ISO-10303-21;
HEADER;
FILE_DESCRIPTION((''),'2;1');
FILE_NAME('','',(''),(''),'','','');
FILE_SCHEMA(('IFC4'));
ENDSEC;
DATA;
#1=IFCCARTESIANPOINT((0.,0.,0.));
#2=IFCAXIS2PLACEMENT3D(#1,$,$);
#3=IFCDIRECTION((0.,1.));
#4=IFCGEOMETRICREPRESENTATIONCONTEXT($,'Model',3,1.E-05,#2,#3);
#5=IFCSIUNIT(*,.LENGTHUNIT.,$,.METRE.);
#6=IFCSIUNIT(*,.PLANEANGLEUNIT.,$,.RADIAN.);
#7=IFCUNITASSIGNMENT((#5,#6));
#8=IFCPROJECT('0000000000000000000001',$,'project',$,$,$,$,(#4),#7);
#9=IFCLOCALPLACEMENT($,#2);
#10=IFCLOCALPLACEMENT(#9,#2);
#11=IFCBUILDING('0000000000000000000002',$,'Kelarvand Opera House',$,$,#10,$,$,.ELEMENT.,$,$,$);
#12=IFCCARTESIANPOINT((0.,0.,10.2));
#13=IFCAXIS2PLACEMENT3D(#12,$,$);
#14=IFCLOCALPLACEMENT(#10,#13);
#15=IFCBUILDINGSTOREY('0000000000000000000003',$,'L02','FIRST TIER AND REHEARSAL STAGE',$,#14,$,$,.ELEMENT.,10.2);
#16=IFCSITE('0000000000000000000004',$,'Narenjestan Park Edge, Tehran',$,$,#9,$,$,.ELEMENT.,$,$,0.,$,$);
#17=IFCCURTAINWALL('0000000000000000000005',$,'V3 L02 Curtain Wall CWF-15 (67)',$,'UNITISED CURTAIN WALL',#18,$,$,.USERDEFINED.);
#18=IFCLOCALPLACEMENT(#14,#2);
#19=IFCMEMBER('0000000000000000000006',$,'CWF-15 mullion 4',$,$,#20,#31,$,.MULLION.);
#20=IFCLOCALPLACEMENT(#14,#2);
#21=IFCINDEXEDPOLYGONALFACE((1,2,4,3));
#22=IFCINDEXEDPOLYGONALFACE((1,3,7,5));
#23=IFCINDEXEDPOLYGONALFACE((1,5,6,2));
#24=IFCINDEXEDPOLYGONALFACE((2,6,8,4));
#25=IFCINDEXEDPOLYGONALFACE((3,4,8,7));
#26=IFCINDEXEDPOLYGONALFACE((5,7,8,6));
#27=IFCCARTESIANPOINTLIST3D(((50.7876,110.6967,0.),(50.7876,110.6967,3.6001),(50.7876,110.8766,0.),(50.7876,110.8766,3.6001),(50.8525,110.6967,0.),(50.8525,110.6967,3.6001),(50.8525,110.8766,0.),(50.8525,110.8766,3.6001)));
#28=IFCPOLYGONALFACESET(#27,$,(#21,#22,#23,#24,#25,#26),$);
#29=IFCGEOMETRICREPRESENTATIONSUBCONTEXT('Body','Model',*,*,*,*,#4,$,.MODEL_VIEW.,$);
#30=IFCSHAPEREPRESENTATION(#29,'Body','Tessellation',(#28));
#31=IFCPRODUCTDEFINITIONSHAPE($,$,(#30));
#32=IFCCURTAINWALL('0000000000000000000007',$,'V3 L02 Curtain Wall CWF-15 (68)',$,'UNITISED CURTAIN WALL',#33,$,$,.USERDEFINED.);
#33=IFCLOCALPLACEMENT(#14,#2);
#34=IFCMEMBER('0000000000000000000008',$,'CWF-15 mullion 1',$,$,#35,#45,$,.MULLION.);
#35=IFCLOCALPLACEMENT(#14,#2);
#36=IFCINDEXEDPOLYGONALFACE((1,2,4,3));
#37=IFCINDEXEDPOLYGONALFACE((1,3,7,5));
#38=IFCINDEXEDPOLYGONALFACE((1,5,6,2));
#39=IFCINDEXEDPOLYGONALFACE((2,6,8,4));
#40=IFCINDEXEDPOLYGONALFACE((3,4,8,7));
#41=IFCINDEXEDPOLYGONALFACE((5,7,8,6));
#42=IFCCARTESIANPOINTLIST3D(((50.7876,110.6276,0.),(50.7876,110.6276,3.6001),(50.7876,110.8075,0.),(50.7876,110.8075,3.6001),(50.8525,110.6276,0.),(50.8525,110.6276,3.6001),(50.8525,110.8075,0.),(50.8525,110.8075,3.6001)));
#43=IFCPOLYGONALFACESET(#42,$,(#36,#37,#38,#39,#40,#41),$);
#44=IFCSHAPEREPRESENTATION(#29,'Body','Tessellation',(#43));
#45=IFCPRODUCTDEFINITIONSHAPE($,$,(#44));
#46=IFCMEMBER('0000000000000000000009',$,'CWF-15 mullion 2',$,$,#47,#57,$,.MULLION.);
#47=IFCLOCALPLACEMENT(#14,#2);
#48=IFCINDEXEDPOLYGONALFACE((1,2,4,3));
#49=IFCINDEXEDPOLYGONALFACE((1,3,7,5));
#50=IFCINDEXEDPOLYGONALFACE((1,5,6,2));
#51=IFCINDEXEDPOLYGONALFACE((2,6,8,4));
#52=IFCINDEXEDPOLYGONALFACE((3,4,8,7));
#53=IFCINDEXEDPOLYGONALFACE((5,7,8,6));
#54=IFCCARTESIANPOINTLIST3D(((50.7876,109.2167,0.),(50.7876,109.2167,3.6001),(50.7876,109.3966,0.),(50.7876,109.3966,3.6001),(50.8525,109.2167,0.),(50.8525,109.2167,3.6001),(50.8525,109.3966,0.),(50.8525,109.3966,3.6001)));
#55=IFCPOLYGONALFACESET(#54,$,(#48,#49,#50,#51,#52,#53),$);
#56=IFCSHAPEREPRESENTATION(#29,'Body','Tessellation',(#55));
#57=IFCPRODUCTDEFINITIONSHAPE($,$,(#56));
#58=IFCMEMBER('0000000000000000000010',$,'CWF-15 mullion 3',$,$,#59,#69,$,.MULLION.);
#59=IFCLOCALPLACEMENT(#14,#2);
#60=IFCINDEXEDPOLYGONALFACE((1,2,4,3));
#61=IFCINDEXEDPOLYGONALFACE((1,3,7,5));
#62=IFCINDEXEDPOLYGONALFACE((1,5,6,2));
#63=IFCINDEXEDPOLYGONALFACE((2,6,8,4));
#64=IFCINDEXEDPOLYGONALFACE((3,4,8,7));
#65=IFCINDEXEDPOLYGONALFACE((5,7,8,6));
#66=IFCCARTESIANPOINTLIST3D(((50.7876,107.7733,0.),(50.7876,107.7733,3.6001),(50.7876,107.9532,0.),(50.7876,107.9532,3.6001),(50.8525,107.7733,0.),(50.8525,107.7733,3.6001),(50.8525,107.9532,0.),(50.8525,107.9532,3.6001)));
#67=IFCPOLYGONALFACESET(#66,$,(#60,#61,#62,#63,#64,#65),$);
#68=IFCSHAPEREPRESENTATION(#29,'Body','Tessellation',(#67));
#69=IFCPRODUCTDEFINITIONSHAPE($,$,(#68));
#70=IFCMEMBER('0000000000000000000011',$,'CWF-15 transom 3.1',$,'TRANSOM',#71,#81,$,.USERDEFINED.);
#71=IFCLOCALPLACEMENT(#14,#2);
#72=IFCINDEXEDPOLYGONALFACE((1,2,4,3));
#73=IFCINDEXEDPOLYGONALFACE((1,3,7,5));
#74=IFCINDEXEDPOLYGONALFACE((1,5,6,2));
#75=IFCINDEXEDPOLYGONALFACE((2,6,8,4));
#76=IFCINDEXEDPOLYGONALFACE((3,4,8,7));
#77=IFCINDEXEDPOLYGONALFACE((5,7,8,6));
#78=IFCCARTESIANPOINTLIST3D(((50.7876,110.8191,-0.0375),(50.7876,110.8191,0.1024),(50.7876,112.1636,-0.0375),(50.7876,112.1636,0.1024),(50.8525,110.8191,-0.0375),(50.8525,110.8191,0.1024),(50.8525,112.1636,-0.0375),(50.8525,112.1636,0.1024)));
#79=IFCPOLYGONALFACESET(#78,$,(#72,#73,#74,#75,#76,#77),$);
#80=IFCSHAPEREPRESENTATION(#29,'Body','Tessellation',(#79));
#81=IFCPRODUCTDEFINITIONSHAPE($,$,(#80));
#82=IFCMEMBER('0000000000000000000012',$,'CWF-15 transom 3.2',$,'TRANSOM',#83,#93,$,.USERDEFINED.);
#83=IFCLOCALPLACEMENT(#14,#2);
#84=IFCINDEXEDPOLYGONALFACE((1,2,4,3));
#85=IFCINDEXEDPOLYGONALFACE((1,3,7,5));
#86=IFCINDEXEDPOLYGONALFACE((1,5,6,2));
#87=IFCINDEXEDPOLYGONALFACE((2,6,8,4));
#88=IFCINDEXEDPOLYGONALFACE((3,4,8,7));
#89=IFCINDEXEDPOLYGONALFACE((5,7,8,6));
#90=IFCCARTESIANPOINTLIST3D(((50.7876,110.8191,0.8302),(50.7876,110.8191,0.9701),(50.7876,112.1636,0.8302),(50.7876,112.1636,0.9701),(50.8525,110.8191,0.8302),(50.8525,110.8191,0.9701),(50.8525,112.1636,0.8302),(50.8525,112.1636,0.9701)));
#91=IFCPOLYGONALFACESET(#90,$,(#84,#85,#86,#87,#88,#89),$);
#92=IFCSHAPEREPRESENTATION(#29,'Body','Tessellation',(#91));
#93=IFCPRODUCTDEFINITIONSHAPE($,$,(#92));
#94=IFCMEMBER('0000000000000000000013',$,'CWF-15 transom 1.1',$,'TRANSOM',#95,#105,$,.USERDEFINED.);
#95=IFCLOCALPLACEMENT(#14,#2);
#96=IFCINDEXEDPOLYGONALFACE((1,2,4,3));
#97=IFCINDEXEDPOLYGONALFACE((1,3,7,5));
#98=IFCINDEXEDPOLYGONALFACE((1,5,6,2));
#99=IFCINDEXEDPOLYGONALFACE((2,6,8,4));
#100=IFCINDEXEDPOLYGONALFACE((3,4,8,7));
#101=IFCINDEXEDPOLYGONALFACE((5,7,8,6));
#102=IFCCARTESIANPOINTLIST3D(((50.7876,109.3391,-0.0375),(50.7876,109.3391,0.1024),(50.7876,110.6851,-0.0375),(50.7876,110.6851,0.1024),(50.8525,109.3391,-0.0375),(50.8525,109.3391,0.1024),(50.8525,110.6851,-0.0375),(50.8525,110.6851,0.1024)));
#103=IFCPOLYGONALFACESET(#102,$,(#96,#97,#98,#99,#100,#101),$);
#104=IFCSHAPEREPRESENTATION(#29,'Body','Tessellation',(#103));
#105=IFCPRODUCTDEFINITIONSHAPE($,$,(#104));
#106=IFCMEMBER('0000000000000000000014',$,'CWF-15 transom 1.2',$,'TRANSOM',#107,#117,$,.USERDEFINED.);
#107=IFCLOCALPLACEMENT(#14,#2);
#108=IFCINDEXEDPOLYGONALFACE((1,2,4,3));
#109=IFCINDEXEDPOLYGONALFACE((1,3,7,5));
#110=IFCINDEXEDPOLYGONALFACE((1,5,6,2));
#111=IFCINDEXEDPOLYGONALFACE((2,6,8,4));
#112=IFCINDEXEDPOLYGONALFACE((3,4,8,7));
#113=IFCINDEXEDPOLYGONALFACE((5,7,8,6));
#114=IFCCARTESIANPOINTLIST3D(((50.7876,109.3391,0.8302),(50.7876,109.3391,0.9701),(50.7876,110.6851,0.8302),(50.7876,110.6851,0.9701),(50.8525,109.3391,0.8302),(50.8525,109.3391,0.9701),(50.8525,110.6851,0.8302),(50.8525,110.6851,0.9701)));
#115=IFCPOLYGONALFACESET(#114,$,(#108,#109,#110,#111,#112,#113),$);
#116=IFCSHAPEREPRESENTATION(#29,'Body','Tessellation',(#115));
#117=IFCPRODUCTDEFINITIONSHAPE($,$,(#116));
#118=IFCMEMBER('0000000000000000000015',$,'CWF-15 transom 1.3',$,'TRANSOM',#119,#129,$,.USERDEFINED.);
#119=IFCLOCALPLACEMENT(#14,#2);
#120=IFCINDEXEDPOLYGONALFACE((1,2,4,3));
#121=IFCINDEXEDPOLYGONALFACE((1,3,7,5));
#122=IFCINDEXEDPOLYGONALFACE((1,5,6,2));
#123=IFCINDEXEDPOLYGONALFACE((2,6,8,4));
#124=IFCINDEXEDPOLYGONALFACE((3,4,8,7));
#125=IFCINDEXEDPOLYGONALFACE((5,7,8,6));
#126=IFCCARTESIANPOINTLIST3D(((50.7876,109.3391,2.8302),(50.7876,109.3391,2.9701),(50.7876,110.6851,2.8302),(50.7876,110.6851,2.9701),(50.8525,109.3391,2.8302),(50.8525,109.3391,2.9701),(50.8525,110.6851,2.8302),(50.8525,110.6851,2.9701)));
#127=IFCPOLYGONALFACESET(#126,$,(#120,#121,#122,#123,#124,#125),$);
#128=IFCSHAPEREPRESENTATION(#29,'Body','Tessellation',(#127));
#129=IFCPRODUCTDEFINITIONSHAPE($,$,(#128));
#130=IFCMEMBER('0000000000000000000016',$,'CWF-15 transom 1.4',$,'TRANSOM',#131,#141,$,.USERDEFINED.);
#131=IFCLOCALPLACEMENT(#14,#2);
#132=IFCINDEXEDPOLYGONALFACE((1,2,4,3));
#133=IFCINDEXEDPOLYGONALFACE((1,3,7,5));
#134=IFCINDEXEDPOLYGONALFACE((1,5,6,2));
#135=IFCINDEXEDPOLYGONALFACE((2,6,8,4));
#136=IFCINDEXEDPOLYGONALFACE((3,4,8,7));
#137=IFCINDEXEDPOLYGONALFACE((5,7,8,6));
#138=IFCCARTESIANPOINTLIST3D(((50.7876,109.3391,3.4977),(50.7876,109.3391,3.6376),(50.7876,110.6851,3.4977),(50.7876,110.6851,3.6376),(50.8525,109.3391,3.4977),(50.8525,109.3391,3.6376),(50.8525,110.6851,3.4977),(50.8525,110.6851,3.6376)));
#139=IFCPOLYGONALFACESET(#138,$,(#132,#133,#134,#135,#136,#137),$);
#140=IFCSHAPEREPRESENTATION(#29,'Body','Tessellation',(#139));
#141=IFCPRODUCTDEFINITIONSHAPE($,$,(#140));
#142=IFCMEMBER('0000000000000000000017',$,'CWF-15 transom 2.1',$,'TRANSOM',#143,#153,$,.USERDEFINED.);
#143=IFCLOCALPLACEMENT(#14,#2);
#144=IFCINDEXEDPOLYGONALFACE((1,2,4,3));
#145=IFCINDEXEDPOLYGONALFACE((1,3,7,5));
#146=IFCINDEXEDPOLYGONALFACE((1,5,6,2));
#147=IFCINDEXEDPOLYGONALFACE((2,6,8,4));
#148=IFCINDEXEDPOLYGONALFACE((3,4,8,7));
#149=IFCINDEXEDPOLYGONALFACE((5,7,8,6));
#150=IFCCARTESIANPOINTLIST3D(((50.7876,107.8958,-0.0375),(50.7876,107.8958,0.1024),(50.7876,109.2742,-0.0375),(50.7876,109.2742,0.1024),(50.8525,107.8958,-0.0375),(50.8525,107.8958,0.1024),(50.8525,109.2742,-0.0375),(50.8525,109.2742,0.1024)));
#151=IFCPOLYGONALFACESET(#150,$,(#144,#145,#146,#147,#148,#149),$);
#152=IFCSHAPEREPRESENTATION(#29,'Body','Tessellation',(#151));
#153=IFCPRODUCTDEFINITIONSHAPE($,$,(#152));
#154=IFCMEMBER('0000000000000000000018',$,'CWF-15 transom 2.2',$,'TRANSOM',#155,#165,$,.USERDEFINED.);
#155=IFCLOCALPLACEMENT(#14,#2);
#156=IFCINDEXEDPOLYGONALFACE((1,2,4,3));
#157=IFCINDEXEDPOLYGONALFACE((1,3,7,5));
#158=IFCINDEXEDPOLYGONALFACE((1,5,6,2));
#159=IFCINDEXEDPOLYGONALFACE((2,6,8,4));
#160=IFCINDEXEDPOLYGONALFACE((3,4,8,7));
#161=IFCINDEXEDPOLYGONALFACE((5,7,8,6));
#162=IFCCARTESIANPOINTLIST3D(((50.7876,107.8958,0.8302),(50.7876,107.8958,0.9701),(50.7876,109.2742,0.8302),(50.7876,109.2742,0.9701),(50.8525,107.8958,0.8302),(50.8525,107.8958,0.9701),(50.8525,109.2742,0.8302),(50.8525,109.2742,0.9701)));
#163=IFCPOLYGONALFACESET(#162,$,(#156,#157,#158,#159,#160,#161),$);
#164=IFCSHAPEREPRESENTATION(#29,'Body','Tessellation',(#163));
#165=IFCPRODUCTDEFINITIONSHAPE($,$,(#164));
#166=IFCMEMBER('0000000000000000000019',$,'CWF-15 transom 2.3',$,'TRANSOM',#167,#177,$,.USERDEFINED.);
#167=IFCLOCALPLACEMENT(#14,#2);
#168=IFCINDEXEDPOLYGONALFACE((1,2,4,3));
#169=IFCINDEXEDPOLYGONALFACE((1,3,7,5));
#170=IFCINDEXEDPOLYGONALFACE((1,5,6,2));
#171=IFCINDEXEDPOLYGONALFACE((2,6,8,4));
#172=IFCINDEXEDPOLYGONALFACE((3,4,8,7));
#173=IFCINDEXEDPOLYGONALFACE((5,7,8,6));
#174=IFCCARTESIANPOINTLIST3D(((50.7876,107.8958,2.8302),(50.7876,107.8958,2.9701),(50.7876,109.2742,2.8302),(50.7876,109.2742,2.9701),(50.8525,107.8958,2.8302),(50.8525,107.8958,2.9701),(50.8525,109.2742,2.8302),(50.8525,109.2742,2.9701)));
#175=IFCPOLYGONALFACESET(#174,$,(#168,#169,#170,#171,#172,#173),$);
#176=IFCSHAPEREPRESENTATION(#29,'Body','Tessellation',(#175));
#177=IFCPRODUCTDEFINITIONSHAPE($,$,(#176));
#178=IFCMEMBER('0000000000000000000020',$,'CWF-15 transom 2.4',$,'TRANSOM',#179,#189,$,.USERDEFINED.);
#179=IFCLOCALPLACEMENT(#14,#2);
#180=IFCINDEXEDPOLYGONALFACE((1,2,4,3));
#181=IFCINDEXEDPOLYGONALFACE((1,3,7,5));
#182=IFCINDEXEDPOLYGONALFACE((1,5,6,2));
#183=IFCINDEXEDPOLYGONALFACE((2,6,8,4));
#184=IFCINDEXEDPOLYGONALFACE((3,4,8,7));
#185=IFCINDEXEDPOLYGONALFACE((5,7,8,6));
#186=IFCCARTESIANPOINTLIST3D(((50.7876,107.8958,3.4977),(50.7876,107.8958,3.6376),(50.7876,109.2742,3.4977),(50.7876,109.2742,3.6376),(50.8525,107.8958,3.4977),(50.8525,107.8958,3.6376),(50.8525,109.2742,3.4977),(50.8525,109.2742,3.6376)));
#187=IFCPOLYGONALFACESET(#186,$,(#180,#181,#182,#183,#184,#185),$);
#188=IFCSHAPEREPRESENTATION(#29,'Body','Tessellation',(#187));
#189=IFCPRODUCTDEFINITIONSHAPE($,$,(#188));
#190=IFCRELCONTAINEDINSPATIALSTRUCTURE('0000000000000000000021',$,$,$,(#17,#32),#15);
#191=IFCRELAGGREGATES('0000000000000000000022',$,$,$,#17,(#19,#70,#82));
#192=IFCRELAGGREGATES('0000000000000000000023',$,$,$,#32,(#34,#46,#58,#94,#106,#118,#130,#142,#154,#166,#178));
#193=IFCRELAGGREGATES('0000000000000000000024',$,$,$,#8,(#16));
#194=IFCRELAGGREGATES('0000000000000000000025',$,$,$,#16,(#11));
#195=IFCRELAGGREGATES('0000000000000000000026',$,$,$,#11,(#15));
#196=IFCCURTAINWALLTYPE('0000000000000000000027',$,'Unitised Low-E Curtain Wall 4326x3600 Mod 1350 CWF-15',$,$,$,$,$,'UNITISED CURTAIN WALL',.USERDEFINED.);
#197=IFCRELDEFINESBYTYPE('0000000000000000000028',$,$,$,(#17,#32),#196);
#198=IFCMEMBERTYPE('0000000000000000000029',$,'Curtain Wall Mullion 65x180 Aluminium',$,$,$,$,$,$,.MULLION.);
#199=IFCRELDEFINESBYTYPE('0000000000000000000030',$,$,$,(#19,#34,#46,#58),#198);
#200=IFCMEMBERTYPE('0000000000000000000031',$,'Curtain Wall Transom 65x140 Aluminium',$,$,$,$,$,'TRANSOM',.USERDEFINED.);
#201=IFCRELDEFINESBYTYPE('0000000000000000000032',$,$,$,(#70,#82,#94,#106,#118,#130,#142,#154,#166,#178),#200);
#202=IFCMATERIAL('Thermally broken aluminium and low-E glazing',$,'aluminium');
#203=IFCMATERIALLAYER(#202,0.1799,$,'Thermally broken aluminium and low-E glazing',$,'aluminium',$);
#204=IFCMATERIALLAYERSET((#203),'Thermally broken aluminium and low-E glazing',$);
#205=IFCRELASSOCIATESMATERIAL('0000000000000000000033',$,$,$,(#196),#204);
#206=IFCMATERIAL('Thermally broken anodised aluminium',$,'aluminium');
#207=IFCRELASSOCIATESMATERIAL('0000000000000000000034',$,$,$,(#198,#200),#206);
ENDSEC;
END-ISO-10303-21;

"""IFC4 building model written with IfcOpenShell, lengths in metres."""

from ifc_helpers import new_model, si_unit, direction, frame, origin, origin_2d, place, context, subcontext, project, spatial, rectangle, extrude, material, layer, layer_set, material_profile, profile_set, type_object, element, aggregate, save


model = new_model("IFC4")

# Units and contexts
model_context = context("Model", 3, precision=1e-05, world=origin(), true_north=direction((0.0, 1.0)))
body_context = subcontext(model_context, "Body", "Model", "MODEL_VIEW")
ifc_project = project(units=[si_unit("LENGTHUNIT", "METRE"), si_unit("PLANEANGLEUNIT", "RADIAN")], contexts=[model_context])

# Site, building, storey
site_placement = place(None, origin())
site = spatial("IfcSite", under=ifc_project, at=site_placement, Name="Narenjestan Park Edge, Tehran", CompositionType="ELEMENT", RefElevation=0.0)
building_placement = place(site_placement, origin())
building = spatial("IfcBuilding", under=site, at=building_placement, Name="Kelarvand Opera House", CompositionType="ELEMENT")
storey_placement = place(building_placement, frame((0.0, 0.0, 10.2)))
storey = spatial("IfcBuildingStorey", under=building, at=storey_placement, Name="L02", Description="FIRST TIER AND REHEARSAL STAGE", CompositionType="ELEMENT", Elevation=10.2)

# Curtain wall, member
ifc_material_1 = material(Name="Thermally broken aluminium and low-E glazing", Category="aluminium")
ifc_layer_1 = layer(ifc_material_1, 0.1799, Name="Thermally broken aluminium and low-E glazing", Category="aluminium")
ifc_layer_set_1 = layer_set([ifc_layer_1], Name="Thermally broken aluminium and low-E glazing")
curtain_wall_type = type_object("IfcCurtainWallType", Name="Unitised Low-E Curtain Wall 4326x3600 Mod 1350 CWF-15", ElementType="UNITISED CURTAIN WALL", PredefinedType="USERDEFINED", material=ifc_layer_set_1)
curtain_wall_1_placement = place(storey_placement, origin())
curtain_wall_1 = element("IfcCurtainWall", 1, at=curtain_wall_1_placement, inside=storey, type_object=curtain_wall_type, Name="V3 L02 Curtain Wall CWF-15 (67)", ObjectType="UNITISED CURTAIN WALL", PredefinedType="USERDEFINED")
ifc_material_2 = material(Name="Thermally broken anodised aluminium", Category="aluminium")
ifc_material_profile_1 = material_profile(ifc_material_2, rectangle(XDim=0.0649, YDim=0.1799, at=origin_2d()), Name="ALU MULLION 65x180", Category="aluminium")
ifc_profile_set_1 = profile_set([ifc_material_profile_1], Name="Thermally broken anodised aluminium")
member_type_1 = type_object("IfcMemberType", Name="Curtain Wall Mullion 65x180 Aluminium", PredefinedType="MULLION", material=ifc_profile_set_1)
member_1_placement = place(storey_placement, frame((50.8201, 110.7866, 0.0), z_axis=(0.0, 0.0, 1.0), x_axis=(1.0, 0.0, 0.0)))
member_1 = element("IfcMember", 2, at=member_1_placement, type_object=member_type_1, Name="CWF-15 mullion 4", PredefinedType="MULLION", context=body_context, shape_type="SweptSolid", body=[
    extrude(rectangle(XDim=0.0649, YDim=0.1799, at=origin_2d()), origin(), (0.0, 0.0, 1.0), 3.6001),
])

# Curtain wall, members
curtain_wall_2_placement = place(storey_placement, origin())
curtain_wall_2 = element("IfcCurtainWall", 3, at=curtain_wall_2_placement, inside=storey, type_object=curtain_wall_type, Name="V3 L02 Curtain Wall CWF-15 (68)", ObjectType="UNITISED CURTAIN WALL", PredefinedType="USERDEFINED")
member_2_placement = place(storey_placement, frame((50.8201, 110.7175, 0.0), z_axis=(0.0, 0.0, 1.0), x_axis=(1.0, 0.0, 0.0)))
member_2 = element("IfcMember", 4, at=member_2_placement, type_object=member_type_1, Name="CWF-15 mullion 1", PredefinedType="MULLION", context=body_context, shape_type="SweptSolid", body=[
    extrude(rectangle(XDim=0.0649, YDim=0.1799, at=origin_2d()), origin(), (0.0, 0.0, 1.0), 3.6001),
])
member_3_placement = place(storey_placement, frame((50.8201, 109.3066, 0.0), z_axis=(0.0, 0.0, 1.0), x_axis=(1.0, 0.0, 0.0)))
member_3 = element("IfcMember", 5, at=member_3_placement, type_object=member_type_1, Name="CWF-15 mullion 2", PredefinedType="MULLION", context=body_context, shape_type="SweptSolid", body=[
    extrude(rectangle(XDim=0.0649, YDim=0.1799, at=origin_2d()), origin(), (0.0, 0.0, 1.0), 3.6001),
])
member_4_placement = place(storey_placement, frame((50.8201, 107.8633, 0.0), z_axis=(0.0, 0.0, 1.0), x_axis=(1.0, 0.0, 0.0)))
member_4 = element("IfcMember", 6, at=member_4_placement, type_object=member_type_1, Name="CWF-15 mullion 3", PredefinedType="MULLION", context=body_context, shape_type="SweptSolid", body=[
    extrude(rectangle(XDim=0.0649, YDim=0.1799, at=origin_2d()), origin(), (0.0, 0.0, 1.0), 3.6001),
])

# Members
ifc_material_profile_2 = material_profile(ifc_material_2, rectangle(XDim=0.0649, YDim=0.1399, at=origin_2d()), Name="ALU TRANSOM 65x140", Category="aluminium")
ifc_profile_set_2 = profile_set([ifc_material_profile_2], Name="Thermally broken anodised aluminium")
member_type_2 = type_object("IfcMemberType", Name="Curtain Wall Transom 65x140 Aluminium", ElementType="TRANSOM", PredefinedType="USERDEFINED", material=ifc_profile_set_2)
member_5_placement = place(storey_placement, frame((50.8201, 112.1636, 0.0325), z_axis=(0.0, -1.0, 0.0), x_axis=(1.0, 0.0, 0.0)))
member_5 = element("IfcMember", 7, at=member_5_placement, type_object=member_type_2, Name="CWF-15 transom 3.1", ObjectType="TRANSOM", PredefinedType="USERDEFINED", context=body_context, shape_type="SweptSolid", body=[
    extrude(rectangle(XDim=0.0649, YDim=0.1399, at=origin_2d()), origin(), (0.0, 0.0, 1.0), 1.3445),
])
member_6_placement = place(storey_placement, frame((50.8201, 112.1636, 0.9001), z_axis=(0.0, -1.0, 0.0), x_axis=(1.0, 0.0, 0.0)))
member_6 = element("IfcMember", 8, at=member_6_placement, type_object=member_type_2, Name="CWF-15 transom 3.2", ObjectType="TRANSOM", PredefinedType="USERDEFINED", context=body_context, shape_type="SweptSolid", body=[
    extrude(rectangle(XDim=0.0649, YDim=0.1399, at=origin_2d()), origin(), (0.0, 0.0, 1.0), 1.3445),
])
member_7_placement = place(storey_placement, frame((50.8201, 110.6851, 0.0325), z_axis=(0.0, -1.0, 0.0), x_axis=(1.0, 0.0, 0.0)))
member_7 = element("IfcMember", 9, at=member_7_placement, type_object=member_type_2, Name="CWF-15 transom 1.1", ObjectType="TRANSOM", PredefinedType="USERDEFINED", context=body_context, shape_type="SweptSolid", body=[
    extrude(rectangle(XDim=0.0649, YDim=0.1399, at=origin_2d()), origin(), (0.0, 0.0, 1.0), 1.3459),
])
member_8_placement = place(storey_placement, frame((50.8201, 110.6851, 0.9001), z_axis=(0.0, -1.0, 0.0), x_axis=(1.0, 0.0, 0.0)))
member_8 = element("IfcMember", 10, at=member_8_placement, type_object=member_type_2, Name="CWF-15 transom 1.2", ObjectType="TRANSOM", PredefinedType="USERDEFINED", context=body_context, shape_type="SweptSolid", body=[
    extrude(rectangle(XDim=0.0649, YDim=0.1399, at=origin_2d()), origin(), (0.0, 0.0, 1.0), 1.3459),
])
member_9_placement = place(storey_placement, frame((50.8201, 110.6851, 2.9001), z_axis=(0.0, -1.0, 0.0), x_axis=(1.0, 0.0, 0.0)))
member_9 = element("IfcMember", 11, at=member_9_placement, type_object=member_type_2, Name="CWF-15 transom 1.3", ObjectType="TRANSOM", PredefinedType="USERDEFINED", context=body_context, shape_type="SweptSolid", body=[
    extrude(rectangle(XDim=0.0649, YDim=0.1399, at=origin_2d()), origin(), (0.0, 0.0, 1.0), 1.3459),
])
member_10_placement = place(storey_placement, frame((50.8201, 110.6851, 3.5676), z_axis=(0.0, -1.0, 0.0), x_axis=(1.0, 0.0, 0.0)))
member_10 = element("IfcMember", 12, at=member_10_placement, type_object=member_type_2, Name="CWF-15 transom 1.4", ObjectType="TRANSOM", PredefinedType="USERDEFINED", context=body_context, shape_type="SweptSolid", body=[
    extrude(rectangle(XDim=0.0649, YDim=0.1399, at=origin_2d()), origin(), (0.0, 0.0, 1.0), 1.3459),
])
member_11_placement = place(storey_placement, frame((50.8201, 109.2742, 0.0325), z_axis=(0.0, -1.0, 0.0), x_axis=(1.0, 0.0, 0.0)))
member_11 = element("IfcMember", 13, at=member_11_placement, type_object=member_type_2, Name="CWF-15 transom 2.1", ObjectType="TRANSOM", PredefinedType="USERDEFINED", context=body_context, shape_type="SweptSolid", body=[
    extrude(rectangle(XDim=0.0649, YDim=0.1399, at=origin_2d()), origin(), (0.0, 0.0, 1.0), 1.3784),
])
member_12_placement = place(storey_placement, frame((50.8201, 109.2742, 0.9001), z_axis=(0.0, -1.0, 0.0), x_axis=(1.0, 0.0, 0.0)))
member_12 = element("IfcMember", 14, at=member_12_placement, type_object=member_type_2, Name="CWF-15 transom 2.2", ObjectType="TRANSOM", PredefinedType="USERDEFINED", context=body_context, shape_type="SweptSolid", body=[
    extrude(rectangle(XDim=0.0649, YDim=0.1399, at=origin_2d()), origin(), (0.0, 0.0, 1.0), 1.3784),
])
member_13_placement = place(storey_placement, frame((50.8201, 109.2742, 2.9001), z_axis=(0.0, -1.0, 0.0), x_axis=(1.0, 0.0, 0.0)))
member_13 = element("IfcMember", 15, at=member_13_placement, type_object=member_type_2, Name="CWF-15 transom 2.3", ObjectType="TRANSOM", PredefinedType="USERDEFINED", context=body_context, shape_type="SweptSolid", body=[
    extrude(rectangle(XDim=0.0649, YDim=0.1399, at=origin_2d()), origin(), (0.0, 0.0, 1.0), 1.3784),
])
member_14_placement = place(storey_placement, frame((50.8201, 109.2742, 3.5676), z_axis=(0.0, -1.0, 0.0), x_axis=(1.0, 0.0, 0.0)))
member_14 = element("IfcMember", 16, at=member_14_placement, type_object=member_type_2, Name="CWF-15 transom 2.4", ObjectType="TRANSOM", PredefinedType="USERDEFINED", context=body_context, shape_type="SweptSolid", body=[
    extrude(rectangle(XDim=0.0649, YDim=0.1399, at=origin_2d()), origin(), (0.0, 0.0, 1.0), 1.3784),
])

aggregate(curtain_wall_1, [member_1, member_5, member_6])
aggregate(curtain_wall_2, [member_2, member_3, member_4, member_7, member_8, member_9, member_10, member_11, member_12, member_13, member_14])

save(model, "model.ifc")
